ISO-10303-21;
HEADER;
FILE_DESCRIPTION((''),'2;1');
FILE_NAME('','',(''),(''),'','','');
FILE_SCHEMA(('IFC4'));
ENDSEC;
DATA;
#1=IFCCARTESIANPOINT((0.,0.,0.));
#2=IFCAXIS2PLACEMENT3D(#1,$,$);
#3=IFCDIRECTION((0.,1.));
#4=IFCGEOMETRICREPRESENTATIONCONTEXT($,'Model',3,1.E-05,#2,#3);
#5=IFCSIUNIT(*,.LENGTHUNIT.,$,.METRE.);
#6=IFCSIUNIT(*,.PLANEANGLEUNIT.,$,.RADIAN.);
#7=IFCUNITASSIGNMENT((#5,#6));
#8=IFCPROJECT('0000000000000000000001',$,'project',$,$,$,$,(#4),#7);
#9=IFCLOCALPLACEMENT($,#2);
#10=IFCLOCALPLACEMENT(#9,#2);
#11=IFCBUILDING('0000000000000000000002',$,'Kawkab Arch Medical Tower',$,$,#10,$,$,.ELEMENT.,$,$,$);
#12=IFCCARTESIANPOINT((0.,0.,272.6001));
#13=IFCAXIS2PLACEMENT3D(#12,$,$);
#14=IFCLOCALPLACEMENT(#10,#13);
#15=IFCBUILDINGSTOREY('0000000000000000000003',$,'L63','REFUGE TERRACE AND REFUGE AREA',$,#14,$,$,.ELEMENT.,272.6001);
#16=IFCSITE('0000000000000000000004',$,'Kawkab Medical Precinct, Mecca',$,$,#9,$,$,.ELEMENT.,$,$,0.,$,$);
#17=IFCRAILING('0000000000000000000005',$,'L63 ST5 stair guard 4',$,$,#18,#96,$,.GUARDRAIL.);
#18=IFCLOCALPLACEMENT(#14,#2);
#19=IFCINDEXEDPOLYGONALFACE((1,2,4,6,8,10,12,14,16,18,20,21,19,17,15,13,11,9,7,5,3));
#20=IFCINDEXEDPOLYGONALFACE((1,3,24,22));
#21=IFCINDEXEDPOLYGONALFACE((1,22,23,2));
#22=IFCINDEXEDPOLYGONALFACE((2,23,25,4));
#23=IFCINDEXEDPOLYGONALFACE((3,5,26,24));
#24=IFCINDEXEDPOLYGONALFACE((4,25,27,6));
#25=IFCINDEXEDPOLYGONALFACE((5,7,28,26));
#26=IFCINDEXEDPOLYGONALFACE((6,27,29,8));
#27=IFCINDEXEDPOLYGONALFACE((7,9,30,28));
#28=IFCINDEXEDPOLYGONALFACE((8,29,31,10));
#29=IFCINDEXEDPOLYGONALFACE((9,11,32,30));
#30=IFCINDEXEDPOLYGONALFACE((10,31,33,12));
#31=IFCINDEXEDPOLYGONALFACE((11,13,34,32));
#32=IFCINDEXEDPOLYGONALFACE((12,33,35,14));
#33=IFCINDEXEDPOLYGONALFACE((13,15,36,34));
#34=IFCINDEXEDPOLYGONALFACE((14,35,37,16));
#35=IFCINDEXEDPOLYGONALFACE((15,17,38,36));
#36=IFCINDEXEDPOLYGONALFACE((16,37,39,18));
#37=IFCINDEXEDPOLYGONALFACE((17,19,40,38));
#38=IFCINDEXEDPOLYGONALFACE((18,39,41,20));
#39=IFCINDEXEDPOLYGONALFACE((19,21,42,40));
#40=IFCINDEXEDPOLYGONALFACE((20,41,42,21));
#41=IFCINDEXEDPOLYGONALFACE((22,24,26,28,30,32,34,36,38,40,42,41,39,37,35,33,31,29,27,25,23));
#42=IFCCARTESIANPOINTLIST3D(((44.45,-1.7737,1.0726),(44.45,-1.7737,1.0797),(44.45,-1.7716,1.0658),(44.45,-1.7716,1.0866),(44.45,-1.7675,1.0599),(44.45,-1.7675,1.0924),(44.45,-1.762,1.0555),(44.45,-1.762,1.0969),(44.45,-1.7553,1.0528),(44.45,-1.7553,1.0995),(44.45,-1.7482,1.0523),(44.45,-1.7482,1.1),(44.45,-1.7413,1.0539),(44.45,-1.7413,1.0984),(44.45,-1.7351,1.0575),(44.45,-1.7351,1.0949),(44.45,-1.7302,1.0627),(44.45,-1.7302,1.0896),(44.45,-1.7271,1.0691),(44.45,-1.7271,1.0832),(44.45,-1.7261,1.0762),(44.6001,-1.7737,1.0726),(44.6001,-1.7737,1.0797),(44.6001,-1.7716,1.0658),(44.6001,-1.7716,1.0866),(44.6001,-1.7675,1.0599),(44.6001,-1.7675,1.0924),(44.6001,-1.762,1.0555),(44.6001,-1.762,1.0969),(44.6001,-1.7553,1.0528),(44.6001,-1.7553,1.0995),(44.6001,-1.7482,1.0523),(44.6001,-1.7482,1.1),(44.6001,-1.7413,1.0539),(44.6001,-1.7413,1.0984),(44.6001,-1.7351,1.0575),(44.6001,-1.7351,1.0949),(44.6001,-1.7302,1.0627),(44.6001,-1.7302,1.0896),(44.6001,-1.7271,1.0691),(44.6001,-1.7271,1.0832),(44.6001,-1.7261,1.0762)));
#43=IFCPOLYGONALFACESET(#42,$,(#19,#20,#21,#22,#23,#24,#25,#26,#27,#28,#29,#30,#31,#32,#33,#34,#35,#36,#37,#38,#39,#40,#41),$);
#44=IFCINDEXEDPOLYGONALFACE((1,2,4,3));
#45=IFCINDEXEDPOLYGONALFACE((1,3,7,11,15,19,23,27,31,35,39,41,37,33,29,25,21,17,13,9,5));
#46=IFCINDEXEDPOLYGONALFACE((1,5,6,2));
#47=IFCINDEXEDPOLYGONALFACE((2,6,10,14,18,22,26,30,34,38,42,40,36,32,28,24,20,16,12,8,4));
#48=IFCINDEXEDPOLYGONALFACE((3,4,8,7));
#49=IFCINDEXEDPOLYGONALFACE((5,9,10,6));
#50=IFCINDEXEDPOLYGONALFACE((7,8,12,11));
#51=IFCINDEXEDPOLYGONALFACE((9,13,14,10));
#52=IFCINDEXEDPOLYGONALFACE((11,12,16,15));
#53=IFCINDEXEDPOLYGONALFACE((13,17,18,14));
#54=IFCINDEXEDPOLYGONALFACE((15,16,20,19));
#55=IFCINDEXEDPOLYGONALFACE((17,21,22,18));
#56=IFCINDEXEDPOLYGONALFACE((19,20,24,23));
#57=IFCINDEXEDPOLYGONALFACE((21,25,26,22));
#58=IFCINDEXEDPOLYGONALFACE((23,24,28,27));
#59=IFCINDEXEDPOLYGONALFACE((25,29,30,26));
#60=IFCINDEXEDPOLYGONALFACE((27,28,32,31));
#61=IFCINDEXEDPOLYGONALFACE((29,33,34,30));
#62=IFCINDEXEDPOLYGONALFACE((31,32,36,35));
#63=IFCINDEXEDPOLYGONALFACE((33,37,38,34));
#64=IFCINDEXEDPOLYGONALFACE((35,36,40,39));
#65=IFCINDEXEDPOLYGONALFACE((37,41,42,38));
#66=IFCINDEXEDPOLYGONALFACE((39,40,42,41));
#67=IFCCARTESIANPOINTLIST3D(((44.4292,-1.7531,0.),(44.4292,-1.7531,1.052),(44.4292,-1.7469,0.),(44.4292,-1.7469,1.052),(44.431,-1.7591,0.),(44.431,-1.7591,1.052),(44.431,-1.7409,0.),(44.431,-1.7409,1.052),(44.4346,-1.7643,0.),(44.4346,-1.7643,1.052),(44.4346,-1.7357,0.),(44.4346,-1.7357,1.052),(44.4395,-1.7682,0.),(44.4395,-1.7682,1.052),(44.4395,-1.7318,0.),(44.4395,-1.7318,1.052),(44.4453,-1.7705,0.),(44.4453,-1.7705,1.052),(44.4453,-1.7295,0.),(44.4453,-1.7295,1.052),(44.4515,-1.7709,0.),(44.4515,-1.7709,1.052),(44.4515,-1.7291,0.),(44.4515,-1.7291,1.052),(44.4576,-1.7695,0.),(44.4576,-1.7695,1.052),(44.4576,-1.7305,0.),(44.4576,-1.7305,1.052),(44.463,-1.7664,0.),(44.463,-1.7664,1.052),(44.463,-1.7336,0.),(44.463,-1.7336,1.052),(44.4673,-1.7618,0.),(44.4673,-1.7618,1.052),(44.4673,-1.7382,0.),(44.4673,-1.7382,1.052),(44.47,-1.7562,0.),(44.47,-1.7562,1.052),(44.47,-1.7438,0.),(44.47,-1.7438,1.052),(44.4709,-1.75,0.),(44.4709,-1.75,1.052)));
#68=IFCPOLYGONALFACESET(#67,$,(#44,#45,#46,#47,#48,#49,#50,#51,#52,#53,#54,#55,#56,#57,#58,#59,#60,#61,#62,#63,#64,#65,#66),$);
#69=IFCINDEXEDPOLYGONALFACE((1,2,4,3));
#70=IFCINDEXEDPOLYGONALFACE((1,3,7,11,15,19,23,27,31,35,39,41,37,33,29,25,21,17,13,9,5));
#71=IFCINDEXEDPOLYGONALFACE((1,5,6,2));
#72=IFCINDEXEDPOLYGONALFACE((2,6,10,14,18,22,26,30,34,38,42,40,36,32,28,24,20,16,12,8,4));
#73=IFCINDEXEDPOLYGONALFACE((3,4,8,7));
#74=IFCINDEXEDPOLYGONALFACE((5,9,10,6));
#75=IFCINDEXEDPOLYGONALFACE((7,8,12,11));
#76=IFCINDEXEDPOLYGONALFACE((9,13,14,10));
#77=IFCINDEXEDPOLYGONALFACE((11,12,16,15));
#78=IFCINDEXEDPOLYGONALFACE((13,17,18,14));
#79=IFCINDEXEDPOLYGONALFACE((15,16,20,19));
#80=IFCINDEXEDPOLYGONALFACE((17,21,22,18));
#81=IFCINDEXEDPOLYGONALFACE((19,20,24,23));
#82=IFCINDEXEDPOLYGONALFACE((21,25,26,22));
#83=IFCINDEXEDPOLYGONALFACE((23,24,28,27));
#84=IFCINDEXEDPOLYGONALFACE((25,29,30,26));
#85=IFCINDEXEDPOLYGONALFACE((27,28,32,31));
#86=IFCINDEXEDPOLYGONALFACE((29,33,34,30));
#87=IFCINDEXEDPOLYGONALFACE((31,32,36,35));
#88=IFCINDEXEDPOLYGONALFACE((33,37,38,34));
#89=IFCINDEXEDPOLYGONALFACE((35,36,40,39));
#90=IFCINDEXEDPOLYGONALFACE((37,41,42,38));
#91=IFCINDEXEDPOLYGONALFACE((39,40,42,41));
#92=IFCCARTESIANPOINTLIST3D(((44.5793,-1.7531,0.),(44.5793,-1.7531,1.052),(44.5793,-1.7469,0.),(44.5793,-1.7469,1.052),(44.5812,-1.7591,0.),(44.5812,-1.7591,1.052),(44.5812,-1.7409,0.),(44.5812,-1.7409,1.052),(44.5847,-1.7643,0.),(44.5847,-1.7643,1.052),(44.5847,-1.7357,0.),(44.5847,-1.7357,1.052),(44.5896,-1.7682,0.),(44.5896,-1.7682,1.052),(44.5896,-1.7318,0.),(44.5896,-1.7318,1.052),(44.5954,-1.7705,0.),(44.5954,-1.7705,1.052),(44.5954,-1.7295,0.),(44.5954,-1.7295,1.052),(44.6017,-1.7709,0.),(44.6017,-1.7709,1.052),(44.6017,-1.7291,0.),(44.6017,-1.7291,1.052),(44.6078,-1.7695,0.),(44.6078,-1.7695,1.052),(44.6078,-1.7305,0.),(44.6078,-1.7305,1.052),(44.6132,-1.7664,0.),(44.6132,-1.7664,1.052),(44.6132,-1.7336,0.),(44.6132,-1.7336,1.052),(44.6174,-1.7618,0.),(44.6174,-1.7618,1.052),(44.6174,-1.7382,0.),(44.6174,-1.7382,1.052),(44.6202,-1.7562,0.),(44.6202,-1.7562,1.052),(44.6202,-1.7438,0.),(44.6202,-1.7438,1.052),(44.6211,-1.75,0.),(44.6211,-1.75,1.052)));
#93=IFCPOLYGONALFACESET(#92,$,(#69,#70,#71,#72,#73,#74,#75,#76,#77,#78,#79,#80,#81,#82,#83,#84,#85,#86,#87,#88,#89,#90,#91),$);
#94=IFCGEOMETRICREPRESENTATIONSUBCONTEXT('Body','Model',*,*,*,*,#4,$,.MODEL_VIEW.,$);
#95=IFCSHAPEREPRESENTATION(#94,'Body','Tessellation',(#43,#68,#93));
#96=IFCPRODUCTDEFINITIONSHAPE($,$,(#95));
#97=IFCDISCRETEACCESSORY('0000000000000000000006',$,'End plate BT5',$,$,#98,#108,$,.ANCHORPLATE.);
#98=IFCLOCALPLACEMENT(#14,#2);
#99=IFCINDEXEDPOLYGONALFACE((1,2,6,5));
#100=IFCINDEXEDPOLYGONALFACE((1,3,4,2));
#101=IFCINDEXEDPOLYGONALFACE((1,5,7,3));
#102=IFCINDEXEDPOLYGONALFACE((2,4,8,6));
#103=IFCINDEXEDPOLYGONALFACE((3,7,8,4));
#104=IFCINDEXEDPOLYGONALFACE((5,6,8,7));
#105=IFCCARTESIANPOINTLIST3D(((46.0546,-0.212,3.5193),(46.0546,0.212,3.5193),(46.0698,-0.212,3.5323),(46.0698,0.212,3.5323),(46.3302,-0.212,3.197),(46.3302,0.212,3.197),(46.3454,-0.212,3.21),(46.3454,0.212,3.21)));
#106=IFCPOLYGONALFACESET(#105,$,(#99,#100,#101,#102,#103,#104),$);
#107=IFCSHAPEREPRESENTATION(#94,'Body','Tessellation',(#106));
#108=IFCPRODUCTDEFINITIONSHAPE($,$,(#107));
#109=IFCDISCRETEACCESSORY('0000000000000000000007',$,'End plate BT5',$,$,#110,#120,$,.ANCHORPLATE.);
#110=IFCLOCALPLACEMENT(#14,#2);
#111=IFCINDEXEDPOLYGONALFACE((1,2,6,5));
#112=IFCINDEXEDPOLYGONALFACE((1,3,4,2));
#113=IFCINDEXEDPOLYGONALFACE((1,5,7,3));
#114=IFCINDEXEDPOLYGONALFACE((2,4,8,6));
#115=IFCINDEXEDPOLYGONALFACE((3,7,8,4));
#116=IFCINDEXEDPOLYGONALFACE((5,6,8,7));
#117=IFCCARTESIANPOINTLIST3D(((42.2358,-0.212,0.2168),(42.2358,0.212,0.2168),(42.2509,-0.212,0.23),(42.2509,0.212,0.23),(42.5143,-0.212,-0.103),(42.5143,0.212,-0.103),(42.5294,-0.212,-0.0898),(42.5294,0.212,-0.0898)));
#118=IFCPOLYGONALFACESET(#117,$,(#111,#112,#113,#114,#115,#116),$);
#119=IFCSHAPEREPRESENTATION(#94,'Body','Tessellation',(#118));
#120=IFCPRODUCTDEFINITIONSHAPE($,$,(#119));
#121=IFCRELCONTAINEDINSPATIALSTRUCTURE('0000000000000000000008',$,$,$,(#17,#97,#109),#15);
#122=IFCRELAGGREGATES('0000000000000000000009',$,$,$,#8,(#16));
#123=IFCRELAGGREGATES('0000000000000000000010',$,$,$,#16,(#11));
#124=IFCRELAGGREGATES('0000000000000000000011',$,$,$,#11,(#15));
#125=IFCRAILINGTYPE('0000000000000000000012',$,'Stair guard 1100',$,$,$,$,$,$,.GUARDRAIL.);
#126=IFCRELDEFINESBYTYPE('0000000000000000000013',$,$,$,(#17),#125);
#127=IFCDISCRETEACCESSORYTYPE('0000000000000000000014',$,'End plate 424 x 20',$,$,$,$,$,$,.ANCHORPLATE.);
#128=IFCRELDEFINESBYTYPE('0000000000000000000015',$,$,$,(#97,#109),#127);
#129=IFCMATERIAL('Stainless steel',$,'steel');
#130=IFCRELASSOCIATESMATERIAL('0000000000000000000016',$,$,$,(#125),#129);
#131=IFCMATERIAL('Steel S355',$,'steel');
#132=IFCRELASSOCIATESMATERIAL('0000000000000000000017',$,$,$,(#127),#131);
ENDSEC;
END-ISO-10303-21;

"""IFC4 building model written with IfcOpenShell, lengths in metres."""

from ifc_helpers import new_model, si_unit, direction, frame, origin, origin_2d, place, context, subcontext, project, spatial, rectangle, circle, extrude, material, material_profile, profile_set, type_object, element, save


model = new_model("IFC4")

# Units and contexts
model_context = context("Model", 3, precision=1e-05, world=origin(), true_north=direction((0.0, 1.0)))
body_context = subcontext(model_context, "Body", "Model", "MODEL_VIEW")
ifc_project = project(units=[si_unit("LENGTHUNIT", "METRE"), si_unit("PLANEANGLEUNIT", "RADIAN")], contexts=[model_context])

# Site, building, storey
site_placement = place(None, origin())
site = spatial("IfcSite", under=ifc_project, at=site_placement, Name="Kawkab Medical Precinct, Mecca", CompositionType="ELEMENT", RefElevation=0.0)
building_placement = place(site_placement, origin())
building = spatial("IfcBuilding", under=site, at=building_placement, Name="Kawkab Arch Medical Tower", CompositionType="ELEMENT")
storey_placement = place(building_placement, frame((0.0, 0.0, 272.6001)))
storey = spatial("IfcBuildingStorey", under=building, at=storey_placement, Name="L63", Description="REFUGE TERRACE AND REFUGE AREA", CompositionType="ELEMENT", Elevation=272.6001)

# Railing
ifc_material_1 = material(Name="Stainless steel", Category="steel")
railing_type_1 = type_object("IfcRailingType", Name="Stair guard 1100", PredefinedType="GUARDRAIL", material=ifc_material_1)
railing_1_placement = place(storey_placement, frame((44.45, -1.75, 0.0)))
element("IfcRailing", 1, at=railing_1_placement, inside=storey, type_object=railing_type_1, Name="L63 ST5 stair guard 4", PredefinedType="GUARDRAIL", context=body_context, shape_type="SweptSolid", body=[
    extrude(circle(Radius=0.0239, at=origin_2d()), frame((0.0, 0.0, 1.0762), z_axis=(1.0, 0.0, 0.0), x_axis=(0.0, 1.0, 0.0)), (0.0, 0.0, 1.0), 0.1501),
    extrude(circle(Radius=0.021, at=origin_2d()), origin(), (0.0, 0.0, 1.0), 1.052),
    extrude(circle(Radius=0.021, at=origin_2d()), frame((0.1501, 0.0, 0.0)), (0.0, 0.0, 1.0), 1.052),
])

# Discrete accessories
ifc_material_2 = material(Name="Steel S355", Category="steel")
ifc_material_profile_1 = material_profile(ifc_material_2, rectangle(XDim=0.4241, YDim=0.4241, at=origin_2d()), Name="End plate 424 x 20")
ifc_profile_set_1 = profile_set([ifc_material_profile_1], Name="Steel S355")
discrete_accessory_type = type_object("IfcDiscreteAccessoryType", Name="End plate 424 x 20", PredefinedType="ANCHORPLATE", material=ifc_profile_set_1)
for number, where, z_axis, x_axis, name in (
    (2, (46.1924, 0.0, 3.3582), (0.760121, 0.0, 0.649781), (0.0, 1.0, 0.0), "End plate BT5"),
    (3, (42.3901, 0.0, 0.0701), (-0.754082, 0.0, -0.656781), (0.0, -1.0, 0.0), "End plate BT5"),
):
    element("IfcDiscreteAccessory", number, at=place(storey_placement, frame(where, z_axis=z_axis, x_axis=x_axis)), inside=storey, type_object=discrete_accessory_type, Name=name, PredefinedType="ANCHORPLATE", context=body_context, shape_type="SweptSolid", body=[
        extrude(rectangle(XDim=0.4241, YDim=0.4241, at=origin_2d()), origin(), (0.0, 0.0, 1.0), 0.02),
    ])

save(model, "model.ifc")
